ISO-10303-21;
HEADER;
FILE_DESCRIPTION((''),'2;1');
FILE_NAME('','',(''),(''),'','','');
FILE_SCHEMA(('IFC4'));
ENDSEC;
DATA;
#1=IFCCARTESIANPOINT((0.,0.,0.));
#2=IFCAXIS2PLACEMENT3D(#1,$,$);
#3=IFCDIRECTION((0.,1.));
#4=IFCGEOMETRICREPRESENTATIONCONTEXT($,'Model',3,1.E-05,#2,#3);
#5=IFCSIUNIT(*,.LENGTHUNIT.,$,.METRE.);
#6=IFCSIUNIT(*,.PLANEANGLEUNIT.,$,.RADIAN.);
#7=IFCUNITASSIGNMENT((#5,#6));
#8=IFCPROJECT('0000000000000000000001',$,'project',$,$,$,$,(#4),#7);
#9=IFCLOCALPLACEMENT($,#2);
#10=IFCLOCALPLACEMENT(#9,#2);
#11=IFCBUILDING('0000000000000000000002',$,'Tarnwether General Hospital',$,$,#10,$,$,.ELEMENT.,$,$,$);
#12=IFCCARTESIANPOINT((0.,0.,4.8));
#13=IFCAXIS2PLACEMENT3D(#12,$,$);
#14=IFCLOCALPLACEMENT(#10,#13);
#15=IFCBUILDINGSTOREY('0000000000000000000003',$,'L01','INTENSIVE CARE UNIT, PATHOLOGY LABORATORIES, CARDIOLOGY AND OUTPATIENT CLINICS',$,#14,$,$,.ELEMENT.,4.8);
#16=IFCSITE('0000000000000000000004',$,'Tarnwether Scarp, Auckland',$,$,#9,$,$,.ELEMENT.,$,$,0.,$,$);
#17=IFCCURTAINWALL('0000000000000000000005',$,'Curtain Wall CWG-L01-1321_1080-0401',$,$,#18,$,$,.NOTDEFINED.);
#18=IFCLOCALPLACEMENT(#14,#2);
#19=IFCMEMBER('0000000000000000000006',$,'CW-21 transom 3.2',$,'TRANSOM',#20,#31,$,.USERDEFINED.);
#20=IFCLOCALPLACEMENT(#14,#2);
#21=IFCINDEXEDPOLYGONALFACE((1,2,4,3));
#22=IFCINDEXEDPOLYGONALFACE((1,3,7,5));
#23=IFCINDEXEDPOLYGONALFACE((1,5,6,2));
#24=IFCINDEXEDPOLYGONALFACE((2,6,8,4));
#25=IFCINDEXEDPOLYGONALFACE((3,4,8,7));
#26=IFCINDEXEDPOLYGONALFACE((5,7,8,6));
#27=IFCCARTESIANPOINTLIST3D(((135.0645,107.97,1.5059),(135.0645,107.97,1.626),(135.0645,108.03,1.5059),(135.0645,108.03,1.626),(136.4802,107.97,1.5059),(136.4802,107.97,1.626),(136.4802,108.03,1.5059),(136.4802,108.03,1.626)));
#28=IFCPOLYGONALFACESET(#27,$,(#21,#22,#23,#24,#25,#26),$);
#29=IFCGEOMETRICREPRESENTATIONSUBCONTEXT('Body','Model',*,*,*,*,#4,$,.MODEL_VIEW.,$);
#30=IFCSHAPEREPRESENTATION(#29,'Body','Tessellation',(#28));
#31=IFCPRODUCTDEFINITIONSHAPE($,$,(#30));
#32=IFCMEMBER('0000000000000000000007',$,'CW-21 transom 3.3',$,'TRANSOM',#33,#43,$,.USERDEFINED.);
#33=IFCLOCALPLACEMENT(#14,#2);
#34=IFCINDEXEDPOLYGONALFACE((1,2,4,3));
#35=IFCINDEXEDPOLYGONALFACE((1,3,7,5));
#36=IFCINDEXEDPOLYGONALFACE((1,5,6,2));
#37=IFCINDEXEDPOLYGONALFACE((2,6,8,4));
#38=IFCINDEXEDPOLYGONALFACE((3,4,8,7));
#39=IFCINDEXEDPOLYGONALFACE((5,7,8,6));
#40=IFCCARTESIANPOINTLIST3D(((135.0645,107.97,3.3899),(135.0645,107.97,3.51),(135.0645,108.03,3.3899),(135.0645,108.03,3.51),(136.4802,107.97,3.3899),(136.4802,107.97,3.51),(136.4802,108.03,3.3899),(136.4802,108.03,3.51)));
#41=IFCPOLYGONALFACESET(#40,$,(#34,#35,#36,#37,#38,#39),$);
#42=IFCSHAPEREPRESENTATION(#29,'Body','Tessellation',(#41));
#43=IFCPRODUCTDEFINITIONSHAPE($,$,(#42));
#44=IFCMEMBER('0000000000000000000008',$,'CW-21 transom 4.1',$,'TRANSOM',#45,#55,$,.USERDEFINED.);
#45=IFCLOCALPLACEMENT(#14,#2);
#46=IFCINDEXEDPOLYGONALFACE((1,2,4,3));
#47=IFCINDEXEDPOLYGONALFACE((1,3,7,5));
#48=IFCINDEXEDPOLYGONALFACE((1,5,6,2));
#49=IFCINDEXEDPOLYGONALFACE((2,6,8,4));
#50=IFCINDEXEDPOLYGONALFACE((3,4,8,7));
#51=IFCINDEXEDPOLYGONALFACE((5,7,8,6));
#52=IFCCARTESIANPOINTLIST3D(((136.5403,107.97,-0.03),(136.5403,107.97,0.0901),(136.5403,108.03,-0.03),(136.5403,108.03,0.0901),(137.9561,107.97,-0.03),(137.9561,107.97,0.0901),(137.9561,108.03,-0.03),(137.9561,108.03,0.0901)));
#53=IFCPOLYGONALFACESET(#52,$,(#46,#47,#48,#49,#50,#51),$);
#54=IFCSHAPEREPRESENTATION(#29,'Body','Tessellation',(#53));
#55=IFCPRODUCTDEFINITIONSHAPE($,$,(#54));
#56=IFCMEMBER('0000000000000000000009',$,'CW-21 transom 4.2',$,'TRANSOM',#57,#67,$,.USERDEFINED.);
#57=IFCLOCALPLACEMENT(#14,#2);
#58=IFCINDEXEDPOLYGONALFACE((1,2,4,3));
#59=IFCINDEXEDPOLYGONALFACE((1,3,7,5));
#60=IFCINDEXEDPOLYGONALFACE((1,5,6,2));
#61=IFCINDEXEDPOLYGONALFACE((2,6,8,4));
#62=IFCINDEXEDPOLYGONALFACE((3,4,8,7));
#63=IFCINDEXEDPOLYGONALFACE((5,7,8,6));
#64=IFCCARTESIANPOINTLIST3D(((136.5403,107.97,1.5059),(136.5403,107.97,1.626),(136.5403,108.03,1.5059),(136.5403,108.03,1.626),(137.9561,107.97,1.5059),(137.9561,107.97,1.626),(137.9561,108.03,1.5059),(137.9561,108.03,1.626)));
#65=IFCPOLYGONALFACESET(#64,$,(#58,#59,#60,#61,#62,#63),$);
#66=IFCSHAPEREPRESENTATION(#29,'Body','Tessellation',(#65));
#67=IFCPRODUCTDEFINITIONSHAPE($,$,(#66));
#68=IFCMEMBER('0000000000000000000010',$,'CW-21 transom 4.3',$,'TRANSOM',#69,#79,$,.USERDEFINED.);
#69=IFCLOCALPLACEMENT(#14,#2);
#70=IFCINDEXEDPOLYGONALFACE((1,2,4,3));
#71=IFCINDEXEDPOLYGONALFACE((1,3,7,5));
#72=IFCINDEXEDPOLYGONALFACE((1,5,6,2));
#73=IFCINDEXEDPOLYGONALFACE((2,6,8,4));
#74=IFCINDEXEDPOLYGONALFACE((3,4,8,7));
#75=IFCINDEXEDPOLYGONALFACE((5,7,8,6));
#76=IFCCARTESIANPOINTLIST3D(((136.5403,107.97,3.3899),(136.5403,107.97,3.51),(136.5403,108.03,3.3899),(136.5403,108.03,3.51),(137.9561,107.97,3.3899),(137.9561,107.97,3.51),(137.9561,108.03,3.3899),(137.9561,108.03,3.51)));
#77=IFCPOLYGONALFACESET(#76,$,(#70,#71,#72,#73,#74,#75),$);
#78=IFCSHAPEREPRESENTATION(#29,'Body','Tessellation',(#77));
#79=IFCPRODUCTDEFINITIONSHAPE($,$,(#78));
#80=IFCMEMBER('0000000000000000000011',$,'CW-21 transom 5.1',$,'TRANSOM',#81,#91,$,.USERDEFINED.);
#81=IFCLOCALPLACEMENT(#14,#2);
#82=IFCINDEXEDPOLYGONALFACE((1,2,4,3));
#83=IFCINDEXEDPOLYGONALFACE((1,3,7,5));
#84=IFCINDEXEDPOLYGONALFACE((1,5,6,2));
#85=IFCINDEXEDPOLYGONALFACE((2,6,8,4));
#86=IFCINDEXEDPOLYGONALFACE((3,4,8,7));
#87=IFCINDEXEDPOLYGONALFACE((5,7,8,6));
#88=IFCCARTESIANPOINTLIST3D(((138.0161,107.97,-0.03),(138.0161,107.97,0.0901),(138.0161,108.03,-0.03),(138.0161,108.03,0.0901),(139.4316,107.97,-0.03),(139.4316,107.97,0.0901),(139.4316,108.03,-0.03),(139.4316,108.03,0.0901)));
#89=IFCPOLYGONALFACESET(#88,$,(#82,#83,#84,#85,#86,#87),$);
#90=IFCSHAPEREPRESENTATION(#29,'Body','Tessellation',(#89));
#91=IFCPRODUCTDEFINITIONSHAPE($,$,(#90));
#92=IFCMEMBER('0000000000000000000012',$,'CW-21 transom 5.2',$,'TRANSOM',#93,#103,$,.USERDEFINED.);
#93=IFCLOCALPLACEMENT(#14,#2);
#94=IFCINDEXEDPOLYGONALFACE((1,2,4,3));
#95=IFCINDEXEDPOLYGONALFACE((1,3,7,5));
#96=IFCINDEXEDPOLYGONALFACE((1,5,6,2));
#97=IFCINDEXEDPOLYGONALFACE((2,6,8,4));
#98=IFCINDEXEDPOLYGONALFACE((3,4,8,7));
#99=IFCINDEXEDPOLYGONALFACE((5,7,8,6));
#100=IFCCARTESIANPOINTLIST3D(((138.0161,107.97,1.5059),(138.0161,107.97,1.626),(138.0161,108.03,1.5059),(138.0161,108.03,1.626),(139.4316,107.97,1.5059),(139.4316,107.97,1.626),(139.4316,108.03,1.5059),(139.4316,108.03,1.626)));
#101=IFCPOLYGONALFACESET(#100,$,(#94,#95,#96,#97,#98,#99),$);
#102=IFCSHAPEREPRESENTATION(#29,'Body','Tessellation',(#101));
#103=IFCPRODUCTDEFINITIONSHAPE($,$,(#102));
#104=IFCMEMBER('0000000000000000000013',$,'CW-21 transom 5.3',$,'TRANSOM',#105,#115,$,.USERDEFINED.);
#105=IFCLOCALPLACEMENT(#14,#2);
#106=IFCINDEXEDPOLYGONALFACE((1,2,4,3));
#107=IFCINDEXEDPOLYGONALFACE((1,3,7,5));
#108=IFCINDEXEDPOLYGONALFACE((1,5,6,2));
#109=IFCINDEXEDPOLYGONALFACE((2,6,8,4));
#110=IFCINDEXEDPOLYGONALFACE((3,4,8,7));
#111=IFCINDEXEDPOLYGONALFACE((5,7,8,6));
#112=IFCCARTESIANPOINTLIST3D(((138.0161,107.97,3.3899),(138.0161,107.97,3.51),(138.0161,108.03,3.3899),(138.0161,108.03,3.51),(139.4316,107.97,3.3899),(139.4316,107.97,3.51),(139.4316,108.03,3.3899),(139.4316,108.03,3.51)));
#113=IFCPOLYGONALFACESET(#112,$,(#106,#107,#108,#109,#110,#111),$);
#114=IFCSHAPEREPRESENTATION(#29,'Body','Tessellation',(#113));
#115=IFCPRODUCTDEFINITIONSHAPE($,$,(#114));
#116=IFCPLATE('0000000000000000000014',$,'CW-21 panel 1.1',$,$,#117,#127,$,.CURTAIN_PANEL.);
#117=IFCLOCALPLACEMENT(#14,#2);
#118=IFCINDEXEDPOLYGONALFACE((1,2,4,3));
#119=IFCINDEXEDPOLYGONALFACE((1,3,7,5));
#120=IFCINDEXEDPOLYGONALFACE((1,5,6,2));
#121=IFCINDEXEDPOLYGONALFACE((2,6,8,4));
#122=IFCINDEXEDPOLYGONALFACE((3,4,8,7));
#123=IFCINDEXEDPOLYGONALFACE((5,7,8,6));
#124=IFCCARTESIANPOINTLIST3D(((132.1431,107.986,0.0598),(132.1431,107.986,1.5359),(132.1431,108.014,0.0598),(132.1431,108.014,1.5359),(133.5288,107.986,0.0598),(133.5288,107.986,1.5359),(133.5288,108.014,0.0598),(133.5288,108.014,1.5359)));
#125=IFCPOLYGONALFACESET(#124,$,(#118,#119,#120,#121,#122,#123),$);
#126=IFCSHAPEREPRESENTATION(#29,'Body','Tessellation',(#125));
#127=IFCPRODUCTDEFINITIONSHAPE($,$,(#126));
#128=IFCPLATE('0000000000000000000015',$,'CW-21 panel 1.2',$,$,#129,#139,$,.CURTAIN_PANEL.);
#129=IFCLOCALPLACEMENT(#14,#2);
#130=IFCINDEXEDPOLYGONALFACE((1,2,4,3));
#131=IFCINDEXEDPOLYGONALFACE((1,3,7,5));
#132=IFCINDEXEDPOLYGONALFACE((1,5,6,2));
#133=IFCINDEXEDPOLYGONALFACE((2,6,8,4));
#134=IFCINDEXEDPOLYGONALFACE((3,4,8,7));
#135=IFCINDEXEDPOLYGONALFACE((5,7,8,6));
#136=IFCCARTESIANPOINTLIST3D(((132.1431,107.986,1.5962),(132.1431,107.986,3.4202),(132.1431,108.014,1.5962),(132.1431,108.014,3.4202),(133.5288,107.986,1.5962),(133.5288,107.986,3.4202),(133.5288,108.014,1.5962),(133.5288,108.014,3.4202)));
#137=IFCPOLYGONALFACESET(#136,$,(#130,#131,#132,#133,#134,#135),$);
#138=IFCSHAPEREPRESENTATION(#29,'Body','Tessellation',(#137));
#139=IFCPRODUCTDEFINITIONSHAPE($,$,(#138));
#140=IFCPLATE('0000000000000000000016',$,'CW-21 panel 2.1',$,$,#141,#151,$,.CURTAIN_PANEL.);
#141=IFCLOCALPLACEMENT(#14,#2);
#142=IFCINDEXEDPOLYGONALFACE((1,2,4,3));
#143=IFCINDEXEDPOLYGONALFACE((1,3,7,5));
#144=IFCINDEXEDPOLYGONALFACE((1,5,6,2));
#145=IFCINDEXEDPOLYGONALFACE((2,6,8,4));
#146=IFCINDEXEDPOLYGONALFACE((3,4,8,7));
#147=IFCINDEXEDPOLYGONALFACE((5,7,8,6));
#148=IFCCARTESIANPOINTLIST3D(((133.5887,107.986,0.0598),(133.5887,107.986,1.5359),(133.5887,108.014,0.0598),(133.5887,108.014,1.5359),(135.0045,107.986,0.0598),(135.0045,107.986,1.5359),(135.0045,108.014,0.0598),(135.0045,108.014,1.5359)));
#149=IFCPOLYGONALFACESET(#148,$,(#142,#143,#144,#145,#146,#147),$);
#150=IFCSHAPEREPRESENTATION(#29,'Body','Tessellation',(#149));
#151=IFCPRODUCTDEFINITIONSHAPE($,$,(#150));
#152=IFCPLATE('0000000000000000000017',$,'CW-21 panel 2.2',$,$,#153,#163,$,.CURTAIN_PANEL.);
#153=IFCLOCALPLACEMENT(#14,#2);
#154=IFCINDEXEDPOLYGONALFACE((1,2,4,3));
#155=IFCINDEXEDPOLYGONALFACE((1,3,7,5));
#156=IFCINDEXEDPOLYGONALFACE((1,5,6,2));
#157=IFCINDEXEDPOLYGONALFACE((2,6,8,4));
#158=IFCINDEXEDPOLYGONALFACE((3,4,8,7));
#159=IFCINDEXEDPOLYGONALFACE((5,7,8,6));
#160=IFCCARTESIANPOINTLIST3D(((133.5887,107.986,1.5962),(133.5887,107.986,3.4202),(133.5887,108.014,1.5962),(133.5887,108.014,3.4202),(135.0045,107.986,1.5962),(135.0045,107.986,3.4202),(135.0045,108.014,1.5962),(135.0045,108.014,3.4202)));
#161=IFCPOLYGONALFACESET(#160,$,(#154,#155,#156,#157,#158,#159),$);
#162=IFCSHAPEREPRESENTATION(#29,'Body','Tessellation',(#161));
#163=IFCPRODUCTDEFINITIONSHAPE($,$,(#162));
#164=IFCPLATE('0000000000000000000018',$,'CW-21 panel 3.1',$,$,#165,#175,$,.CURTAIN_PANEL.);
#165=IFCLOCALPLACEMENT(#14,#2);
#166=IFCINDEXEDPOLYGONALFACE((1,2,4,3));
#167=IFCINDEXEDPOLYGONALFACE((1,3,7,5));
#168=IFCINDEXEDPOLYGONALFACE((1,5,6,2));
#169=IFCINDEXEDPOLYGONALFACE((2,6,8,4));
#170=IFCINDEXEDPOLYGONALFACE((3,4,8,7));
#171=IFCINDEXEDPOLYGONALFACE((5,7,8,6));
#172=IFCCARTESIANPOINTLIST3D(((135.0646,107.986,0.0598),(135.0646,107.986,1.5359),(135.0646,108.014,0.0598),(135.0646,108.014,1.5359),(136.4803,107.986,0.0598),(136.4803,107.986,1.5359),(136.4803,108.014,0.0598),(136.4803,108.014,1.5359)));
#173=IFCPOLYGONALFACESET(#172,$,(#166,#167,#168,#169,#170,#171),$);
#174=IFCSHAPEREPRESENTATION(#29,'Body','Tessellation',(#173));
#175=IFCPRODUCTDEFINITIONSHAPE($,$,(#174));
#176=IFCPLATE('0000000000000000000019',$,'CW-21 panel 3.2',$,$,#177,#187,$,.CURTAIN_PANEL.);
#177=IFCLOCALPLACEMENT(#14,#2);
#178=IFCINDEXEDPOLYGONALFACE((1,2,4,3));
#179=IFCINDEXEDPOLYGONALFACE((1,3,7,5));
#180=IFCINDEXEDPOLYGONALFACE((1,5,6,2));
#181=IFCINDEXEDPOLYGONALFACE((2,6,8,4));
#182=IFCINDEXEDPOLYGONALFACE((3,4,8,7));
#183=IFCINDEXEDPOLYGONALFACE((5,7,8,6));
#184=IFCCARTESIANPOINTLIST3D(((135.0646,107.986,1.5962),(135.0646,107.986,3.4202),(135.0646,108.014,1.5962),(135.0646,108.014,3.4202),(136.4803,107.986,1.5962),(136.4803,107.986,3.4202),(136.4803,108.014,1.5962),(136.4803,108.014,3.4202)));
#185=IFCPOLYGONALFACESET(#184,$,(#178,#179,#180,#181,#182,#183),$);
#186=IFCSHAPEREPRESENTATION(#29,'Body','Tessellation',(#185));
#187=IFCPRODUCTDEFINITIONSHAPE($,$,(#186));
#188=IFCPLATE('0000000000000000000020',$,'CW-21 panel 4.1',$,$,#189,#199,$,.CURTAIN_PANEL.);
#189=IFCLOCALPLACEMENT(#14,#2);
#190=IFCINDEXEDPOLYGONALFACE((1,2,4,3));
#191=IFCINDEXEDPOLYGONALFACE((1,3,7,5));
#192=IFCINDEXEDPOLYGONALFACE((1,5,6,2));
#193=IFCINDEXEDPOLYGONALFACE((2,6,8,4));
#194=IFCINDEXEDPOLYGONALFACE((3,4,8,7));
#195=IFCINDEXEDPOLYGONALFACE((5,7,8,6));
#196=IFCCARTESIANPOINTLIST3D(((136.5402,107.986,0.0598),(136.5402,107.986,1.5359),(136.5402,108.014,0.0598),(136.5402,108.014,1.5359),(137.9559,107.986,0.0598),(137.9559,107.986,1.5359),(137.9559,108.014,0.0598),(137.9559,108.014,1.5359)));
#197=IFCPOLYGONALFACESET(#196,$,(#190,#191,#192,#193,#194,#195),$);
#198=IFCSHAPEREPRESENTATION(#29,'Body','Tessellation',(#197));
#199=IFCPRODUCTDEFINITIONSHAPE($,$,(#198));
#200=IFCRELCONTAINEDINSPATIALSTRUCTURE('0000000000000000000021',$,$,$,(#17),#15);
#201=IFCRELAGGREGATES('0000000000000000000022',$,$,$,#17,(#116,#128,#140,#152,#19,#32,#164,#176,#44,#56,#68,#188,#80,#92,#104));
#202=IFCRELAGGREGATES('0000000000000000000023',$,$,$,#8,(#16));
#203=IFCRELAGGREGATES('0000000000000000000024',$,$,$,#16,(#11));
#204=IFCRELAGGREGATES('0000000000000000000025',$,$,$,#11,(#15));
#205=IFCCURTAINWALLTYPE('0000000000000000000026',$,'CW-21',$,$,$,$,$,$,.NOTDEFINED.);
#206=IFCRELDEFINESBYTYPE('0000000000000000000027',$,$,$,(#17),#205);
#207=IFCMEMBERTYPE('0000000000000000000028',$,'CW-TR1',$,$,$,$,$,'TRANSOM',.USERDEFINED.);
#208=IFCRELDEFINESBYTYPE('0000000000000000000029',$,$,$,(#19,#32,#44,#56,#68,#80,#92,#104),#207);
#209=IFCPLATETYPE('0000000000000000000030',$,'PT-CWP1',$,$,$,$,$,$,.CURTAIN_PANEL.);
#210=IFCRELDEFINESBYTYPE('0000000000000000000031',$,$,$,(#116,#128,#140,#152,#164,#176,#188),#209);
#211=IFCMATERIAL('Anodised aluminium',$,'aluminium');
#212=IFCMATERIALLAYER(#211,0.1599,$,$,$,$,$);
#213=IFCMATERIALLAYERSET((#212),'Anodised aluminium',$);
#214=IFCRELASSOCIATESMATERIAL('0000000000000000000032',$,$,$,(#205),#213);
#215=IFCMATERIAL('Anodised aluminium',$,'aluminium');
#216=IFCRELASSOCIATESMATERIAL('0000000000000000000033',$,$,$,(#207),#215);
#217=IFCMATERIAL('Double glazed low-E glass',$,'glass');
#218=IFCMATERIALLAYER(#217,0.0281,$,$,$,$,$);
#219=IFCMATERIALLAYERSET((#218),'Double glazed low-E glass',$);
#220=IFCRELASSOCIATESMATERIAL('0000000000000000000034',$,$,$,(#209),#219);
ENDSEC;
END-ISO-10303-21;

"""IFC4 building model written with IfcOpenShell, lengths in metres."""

from ifc_helpers import new_model, si_unit, direction, frame, origin, origin_2d, place, context, subcontext, project, spatial, rectangle, extrude, material, layer, layer_set, material_profile, profile_set, type_object, element, aggregate, save


model = new_model("IFC4")

# Units and contexts
model_context = context("Model", 3, precision=1e-05, world=origin(), true_north=direction((0.0, 1.0)))
body_context = subcontext(model_context, "Body", "Model", "MODEL_VIEW")
ifc_project = project(units=[si_unit("LENGTHUNIT", "METRE"), si_unit("PLANEANGLEUNIT", "RADIAN")], contexts=[model_context])

# Site, building, storey
site_placement = place(None, origin())
site = spatial("IfcSite", under=ifc_project, at=site_placement, Name="Tarnwether Scarp, Auckland", CompositionType="ELEMENT", RefElevation=0.0)
building_placement = place(site_placement, origin())
building = spatial("IfcBuilding", under=site, at=building_placement, Name="Tarnwether General Hospital", CompositionType="ELEMENT")
storey_placement = place(building_placement, frame((0.0, 0.0, 4.8)))
storey = spatial("IfcBuildingStorey", under=building, at=storey_placement, Name="L01", Description="INTENSIVE CARE UNIT, PATHOLOGY LABORATORIES, CARDIOLOGY AND OUTPATIENT CLINICS", CompositionType="ELEMENT", Elevation=4.8)

# Curtain wall, members, plates
ifc_material_1 = material(Name="Anodised aluminium", Category="aluminium")
ifc_layer_1 = layer(ifc_material_1, 0.1599)
ifc_layer_set_1 = layer_set([ifc_layer_1], Name="Anodised aluminium")
curtain_wall_type = type_object("IfcCurtainWallType", Name="CW-21", PredefinedType="NOTDEFINED", material=ifc_layer_set_1)
curtain_wall_placement = place(storey_placement, origin())
curtain_wall = element("IfcCurtainWall", 1, at=curtain_wall_placement, inside=storey, type_object=curtain_wall_type, Name="Curtain Wall CWG-L01-1321_1080-0401", PredefinedType="NOTDEFINED")
ifc_material_2 = material(Name="Anodised aluminium", Category="aluminium")
ifc_material_profile_1 = material_profile(ifc_material_2, rectangle(XDim=0.0601, YDim=0.1201, at=origin_2d()), Name="ALU-TRN-60x120")
ifc_profile_set_1 = profile_set([ifc_material_profile_1], Name="Anodised aluminium")
member_type_1 = type_object("IfcMemberType", Name="CW-TR1", ElementType="TRANSOM", PredefinedType="USERDEFINED", material=ifc_profile_set_1)
member_1_placement = place(storey_placement, frame((135.0645, 108.0, 1.5659), z_axis=(1.0, 0.0, 0.0), x_axis=(0.0, 1.0, 0.0)))
member_1 = element("IfcMember", 2, at=member_1_placement, type_object=member_type_1, Name="CW-21 transom 3.2", ObjectType="TRANSOM", PredefinedType="USERDEFINED", context=body_context, shape_type="SweptSolid", body=[
    extrude(rectangle(XDim=0.0601, YDim=0.1201, at=origin_2d()), origin(), (0.0, 0.0, 1.0), 1.4158),
])
member_2_placement = place(storey_placement, frame((135.0645, 108.0, 3.45), z_axis=(1.0, 0.0, 0.0), x_axis=(0.0, 1.0, 0.0)))
member_2 = element("IfcMember", 3, at=member_2_placement, type_object=member_type_1, Name="CW-21 transom 3.3", ObjectType="TRANSOM", PredefinedType="USERDEFINED", context=body_context, shape_type="SweptSolid", body=[
    extrude(rectangle(XDim=0.0601, YDim=0.1201, at=origin_2d()), origin(), (0.0, 0.0, 1.0), 1.4158),
])
member_3_placement = place(storey_placement, frame((136.5403, 108.0, 0.03), z_axis=(1.0, 0.0, 0.0), x_axis=(0.0, 1.0, 0.0)))
member_3 = element("IfcMember", 4, at=member_3_placement, type_object=member_type_1, Name="CW-21 transom 4.1", ObjectType="TRANSOM", PredefinedType="USERDEFINED", context=body_context, shape_type="SweptSolid", body=[
    extrude(rectangle(XDim=0.0601, YDim=0.1201, at=origin_2d()), origin(), (0.0, 0.0, 1.0), 1.4158),
])
member_4_placement = place(storey_placement, frame((136.5403, 108.0, 1.5659), z_axis=(1.0, 0.0, 0.0), x_axis=(0.0, 1.0, 0.0)))
member_4 = element("IfcMember", 5, at=member_4_placement, type_object=member_type_1, Name="CW-21 transom 4.2", ObjectType="TRANSOM", PredefinedType="USERDEFINED", context=body_context, shape_type="SweptSolid", body=[
    extrude(rectangle(XDim=0.0601, YDim=0.1201, at=origin_2d()), origin(), (0.0, 0.0, 1.0), 1.4158),
])
member_5_placement = place(storey_placement, frame((136.5403, 108.0, 3.45), z_axis=(1.0, 0.0, 0.0), x_axis=(0.0, 1.0, 0.0)))
member_5 = element("IfcMember", 6, at=member_5_placement, type_object=member_type_1, Name="CW-21 transom 4.3", ObjectType="TRANSOM", PredefinedType="USERDEFINED", context=body_context, shape_type="SweptSolid", body=[
    extrude(rectangle(XDim=0.0601, YDim=0.1201, at=origin_2d()), origin(), (0.0, 0.0, 1.0), 1.4158),
])
member_6_placement = place(storey_placement, frame((138.0161, 108.0, 0.03), z_axis=(1.0, 0.0, 0.0), x_axis=(0.0, 1.0, 0.0)))
member_6 = element("IfcMember", 7, at=member_6_placement, type_object=member_type_1, Name="CW-21 transom 5.1", ObjectType="TRANSOM", PredefinedType="USERDEFINED", context=body_context, shape_type="SweptSolid", body=[
    extrude(rectangle(XDim=0.0601, YDim=0.1201, at=origin_2d()), origin(), (0.0, 0.0, 1.0), 1.4155),
])
member_7_placement = place(storey_placement, frame((138.0161, 108.0, 1.5659), z_axis=(1.0, 0.0, 0.0), x_axis=(0.0, 1.0, 0.0)))
member_7 = element("IfcMember", 8, at=member_7_placement, type_object=member_type_1, Name="CW-21 transom 5.2", ObjectType="TRANSOM", PredefinedType="USERDEFINED", context=body_context, shape_type="SweptSolid", body=[
    extrude(rectangle(XDim=0.0601, YDim=0.1201, at=origin_2d()), origin(), (0.0, 0.0, 1.0), 1.4155),
])
member_8_placement = place(storey_placement, frame((138.0161, 108.0, 3.45), z_axis=(1.0, 0.0, 0.0), x_axis=(0.0, 1.0, 0.0)))
member_8 = element("IfcMember", 9, at=member_8_placement, type_object=member_type_1, Name="CW-21 transom 5.3", ObjectType="TRANSOM", PredefinedType="USERDEFINED", context=body_context, shape_type="SweptSolid", body=[
    extrude(rectangle(XDim=0.0601, YDim=0.1201, at=origin_2d()), origin(), (0.0, 0.0, 1.0), 1.4155),
])
ifc_material_3 = material(Name="Double glazed low-E glass", Category="glass")
ifc_layer_2 = layer(ifc_material_3, 0.0281)
ifc_layer_set_2 = layer_set([ifc_layer_2], Name="Double glazed low-E glass")
plate_type_1 = type_object("IfcPlateType", Name="PT-CWP1", PredefinedType="CURTAIN_PANEL", material=ifc_layer_set_2)
plate_1_placement = place(storey_placement, frame((132.8359, 108.0, 0.0598), z_axis=(0.0, 0.0, 1.0), x_axis=(1.0, 0.0, 0.0)))
plate_1 = element("IfcPlate", 10, at=plate_1_placement, type_object=plate_type_1, Name="CW-21 panel 1.1", PredefinedType="CURTAIN_PANEL", context=body_context, shape_type="SweptSolid", body=[
    extrude(rectangle(XDim=1.3857, YDim=0.0281, at=origin_2d()), origin(), (0.0, 0.0, 1.0), 1.4761),
])
plate_2_placement = place(storey_placement, frame((132.8359, 108.0, 1.5962), z_axis=(0.0, 0.0, 1.0), x_axis=(1.0, 0.0, 0.0)))
plate_2 = element("IfcPlate", 11, at=plate_2_placement, type_object=plate_type_1, Name="CW-21 panel 1.2", PredefinedType="CURTAIN_PANEL", context=body_context, shape_type="SweptSolid", body=[
    extrude(rectangle(XDim=1.3857, YDim=0.0281, at=origin_2d()), origin(), (0.0, 0.0, 1.0), 1.824),
])
plate_3_placement = place(storey_placement, frame((134.2966, 108.0, 0.0598), z_axis=(0.0, 0.0, 1.0), x_axis=(1.0, 0.0, 0.0)))
plate_3 = element("IfcPlate", 12, at=plate_3_placement, type_object=plate_type_1, Name="CW-21 panel 2.1", PredefinedType="CURTAIN_PANEL", context=body_context, shape_type="SweptSolid", body=[
    extrude(rectangle(XDim=1.4158, YDim=0.0281, at=origin_2d()), origin(), (0.0, 0.0, 1.0), 1.4761),
])
plate_4_placement = place(storey_placement, frame((134.2966, 108.0, 1.5962), z_axis=(0.0, 0.0, 1.0), x_axis=(1.0, 0.0, 0.0)))
plate_4 = element("IfcPlate", 13, at=plate_4_placement, type_object=plate_type_1, Name="CW-21 panel 2.2", PredefinedType="CURTAIN_PANEL", context=body_context, shape_type="SweptSolid", body=[
    extrude(rectangle(XDim=1.4158, YDim=0.0281, at=origin_2d()), origin(), (0.0, 0.0, 1.0), 1.824),
])
plate_5_placement = place(storey_placement, frame((135.7725, 108.0, 0.0598), z_axis=(0.0, 0.0, 1.0), x_axis=(1.0, 0.0, 0.0)))
plate_5 = element("IfcPlate", 14, at=plate_5_placement, type_object=plate_type_1, Name="CW-21 panel 3.1", PredefinedType="CURTAIN_PANEL", context=body_context, shape_type="SweptSolid", body=[
    extrude(rectangle(XDim=1.4158, YDim=0.0281, at=origin_2d()), origin(), (0.0, 0.0, 1.0), 1.4761),
])
plate_6_placement = place(storey_placement, frame((135.7725, 108.0, 1.5962), z_axis=(0.0, 0.0, 1.0), x_axis=(1.0, 0.0, 0.0)))
plate_6 = element("IfcPlate", 15, at=plate_6_placement, type_object=plate_type_1, Name="CW-21 panel 3.2", PredefinedType="CURTAIN_PANEL", context=body_context, shape_type="SweptSolid", body=[
    extrude(rectangle(XDim=1.4158, YDim=0.0281, at=origin_2d()), origin(), (0.0, 0.0, 1.0), 1.824),
])
plate_7_placement = place(storey_placement, frame((137.248, 108.0, 0.0598), z_axis=(0.0, 0.0, 1.0), x_axis=(1.0, 0.0, 0.0)))
plate_7 = element("IfcPlate", 16, at=plate_7_placement, type_object=plate_type_1, Name="CW-21 panel 4.1", PredefinedType="CURTAIN_PANEL", context=body_context, shape_type="SweptSolid", body=[
    extrude(rectangle(XDim=1.4158, YDim=0.0281, at=origin_2d()), origin(), (0.0, 0.0, 1.0), 1.4761),
])
aggregate(curtain_wall, [plate_1, plate_2, plate_3, plate_4, member_1, member_2, plate_5, plate_6, member_3, member_4, member_5, plate_7, member_6, member_7, member_8])

save(model, "model.ifc")
